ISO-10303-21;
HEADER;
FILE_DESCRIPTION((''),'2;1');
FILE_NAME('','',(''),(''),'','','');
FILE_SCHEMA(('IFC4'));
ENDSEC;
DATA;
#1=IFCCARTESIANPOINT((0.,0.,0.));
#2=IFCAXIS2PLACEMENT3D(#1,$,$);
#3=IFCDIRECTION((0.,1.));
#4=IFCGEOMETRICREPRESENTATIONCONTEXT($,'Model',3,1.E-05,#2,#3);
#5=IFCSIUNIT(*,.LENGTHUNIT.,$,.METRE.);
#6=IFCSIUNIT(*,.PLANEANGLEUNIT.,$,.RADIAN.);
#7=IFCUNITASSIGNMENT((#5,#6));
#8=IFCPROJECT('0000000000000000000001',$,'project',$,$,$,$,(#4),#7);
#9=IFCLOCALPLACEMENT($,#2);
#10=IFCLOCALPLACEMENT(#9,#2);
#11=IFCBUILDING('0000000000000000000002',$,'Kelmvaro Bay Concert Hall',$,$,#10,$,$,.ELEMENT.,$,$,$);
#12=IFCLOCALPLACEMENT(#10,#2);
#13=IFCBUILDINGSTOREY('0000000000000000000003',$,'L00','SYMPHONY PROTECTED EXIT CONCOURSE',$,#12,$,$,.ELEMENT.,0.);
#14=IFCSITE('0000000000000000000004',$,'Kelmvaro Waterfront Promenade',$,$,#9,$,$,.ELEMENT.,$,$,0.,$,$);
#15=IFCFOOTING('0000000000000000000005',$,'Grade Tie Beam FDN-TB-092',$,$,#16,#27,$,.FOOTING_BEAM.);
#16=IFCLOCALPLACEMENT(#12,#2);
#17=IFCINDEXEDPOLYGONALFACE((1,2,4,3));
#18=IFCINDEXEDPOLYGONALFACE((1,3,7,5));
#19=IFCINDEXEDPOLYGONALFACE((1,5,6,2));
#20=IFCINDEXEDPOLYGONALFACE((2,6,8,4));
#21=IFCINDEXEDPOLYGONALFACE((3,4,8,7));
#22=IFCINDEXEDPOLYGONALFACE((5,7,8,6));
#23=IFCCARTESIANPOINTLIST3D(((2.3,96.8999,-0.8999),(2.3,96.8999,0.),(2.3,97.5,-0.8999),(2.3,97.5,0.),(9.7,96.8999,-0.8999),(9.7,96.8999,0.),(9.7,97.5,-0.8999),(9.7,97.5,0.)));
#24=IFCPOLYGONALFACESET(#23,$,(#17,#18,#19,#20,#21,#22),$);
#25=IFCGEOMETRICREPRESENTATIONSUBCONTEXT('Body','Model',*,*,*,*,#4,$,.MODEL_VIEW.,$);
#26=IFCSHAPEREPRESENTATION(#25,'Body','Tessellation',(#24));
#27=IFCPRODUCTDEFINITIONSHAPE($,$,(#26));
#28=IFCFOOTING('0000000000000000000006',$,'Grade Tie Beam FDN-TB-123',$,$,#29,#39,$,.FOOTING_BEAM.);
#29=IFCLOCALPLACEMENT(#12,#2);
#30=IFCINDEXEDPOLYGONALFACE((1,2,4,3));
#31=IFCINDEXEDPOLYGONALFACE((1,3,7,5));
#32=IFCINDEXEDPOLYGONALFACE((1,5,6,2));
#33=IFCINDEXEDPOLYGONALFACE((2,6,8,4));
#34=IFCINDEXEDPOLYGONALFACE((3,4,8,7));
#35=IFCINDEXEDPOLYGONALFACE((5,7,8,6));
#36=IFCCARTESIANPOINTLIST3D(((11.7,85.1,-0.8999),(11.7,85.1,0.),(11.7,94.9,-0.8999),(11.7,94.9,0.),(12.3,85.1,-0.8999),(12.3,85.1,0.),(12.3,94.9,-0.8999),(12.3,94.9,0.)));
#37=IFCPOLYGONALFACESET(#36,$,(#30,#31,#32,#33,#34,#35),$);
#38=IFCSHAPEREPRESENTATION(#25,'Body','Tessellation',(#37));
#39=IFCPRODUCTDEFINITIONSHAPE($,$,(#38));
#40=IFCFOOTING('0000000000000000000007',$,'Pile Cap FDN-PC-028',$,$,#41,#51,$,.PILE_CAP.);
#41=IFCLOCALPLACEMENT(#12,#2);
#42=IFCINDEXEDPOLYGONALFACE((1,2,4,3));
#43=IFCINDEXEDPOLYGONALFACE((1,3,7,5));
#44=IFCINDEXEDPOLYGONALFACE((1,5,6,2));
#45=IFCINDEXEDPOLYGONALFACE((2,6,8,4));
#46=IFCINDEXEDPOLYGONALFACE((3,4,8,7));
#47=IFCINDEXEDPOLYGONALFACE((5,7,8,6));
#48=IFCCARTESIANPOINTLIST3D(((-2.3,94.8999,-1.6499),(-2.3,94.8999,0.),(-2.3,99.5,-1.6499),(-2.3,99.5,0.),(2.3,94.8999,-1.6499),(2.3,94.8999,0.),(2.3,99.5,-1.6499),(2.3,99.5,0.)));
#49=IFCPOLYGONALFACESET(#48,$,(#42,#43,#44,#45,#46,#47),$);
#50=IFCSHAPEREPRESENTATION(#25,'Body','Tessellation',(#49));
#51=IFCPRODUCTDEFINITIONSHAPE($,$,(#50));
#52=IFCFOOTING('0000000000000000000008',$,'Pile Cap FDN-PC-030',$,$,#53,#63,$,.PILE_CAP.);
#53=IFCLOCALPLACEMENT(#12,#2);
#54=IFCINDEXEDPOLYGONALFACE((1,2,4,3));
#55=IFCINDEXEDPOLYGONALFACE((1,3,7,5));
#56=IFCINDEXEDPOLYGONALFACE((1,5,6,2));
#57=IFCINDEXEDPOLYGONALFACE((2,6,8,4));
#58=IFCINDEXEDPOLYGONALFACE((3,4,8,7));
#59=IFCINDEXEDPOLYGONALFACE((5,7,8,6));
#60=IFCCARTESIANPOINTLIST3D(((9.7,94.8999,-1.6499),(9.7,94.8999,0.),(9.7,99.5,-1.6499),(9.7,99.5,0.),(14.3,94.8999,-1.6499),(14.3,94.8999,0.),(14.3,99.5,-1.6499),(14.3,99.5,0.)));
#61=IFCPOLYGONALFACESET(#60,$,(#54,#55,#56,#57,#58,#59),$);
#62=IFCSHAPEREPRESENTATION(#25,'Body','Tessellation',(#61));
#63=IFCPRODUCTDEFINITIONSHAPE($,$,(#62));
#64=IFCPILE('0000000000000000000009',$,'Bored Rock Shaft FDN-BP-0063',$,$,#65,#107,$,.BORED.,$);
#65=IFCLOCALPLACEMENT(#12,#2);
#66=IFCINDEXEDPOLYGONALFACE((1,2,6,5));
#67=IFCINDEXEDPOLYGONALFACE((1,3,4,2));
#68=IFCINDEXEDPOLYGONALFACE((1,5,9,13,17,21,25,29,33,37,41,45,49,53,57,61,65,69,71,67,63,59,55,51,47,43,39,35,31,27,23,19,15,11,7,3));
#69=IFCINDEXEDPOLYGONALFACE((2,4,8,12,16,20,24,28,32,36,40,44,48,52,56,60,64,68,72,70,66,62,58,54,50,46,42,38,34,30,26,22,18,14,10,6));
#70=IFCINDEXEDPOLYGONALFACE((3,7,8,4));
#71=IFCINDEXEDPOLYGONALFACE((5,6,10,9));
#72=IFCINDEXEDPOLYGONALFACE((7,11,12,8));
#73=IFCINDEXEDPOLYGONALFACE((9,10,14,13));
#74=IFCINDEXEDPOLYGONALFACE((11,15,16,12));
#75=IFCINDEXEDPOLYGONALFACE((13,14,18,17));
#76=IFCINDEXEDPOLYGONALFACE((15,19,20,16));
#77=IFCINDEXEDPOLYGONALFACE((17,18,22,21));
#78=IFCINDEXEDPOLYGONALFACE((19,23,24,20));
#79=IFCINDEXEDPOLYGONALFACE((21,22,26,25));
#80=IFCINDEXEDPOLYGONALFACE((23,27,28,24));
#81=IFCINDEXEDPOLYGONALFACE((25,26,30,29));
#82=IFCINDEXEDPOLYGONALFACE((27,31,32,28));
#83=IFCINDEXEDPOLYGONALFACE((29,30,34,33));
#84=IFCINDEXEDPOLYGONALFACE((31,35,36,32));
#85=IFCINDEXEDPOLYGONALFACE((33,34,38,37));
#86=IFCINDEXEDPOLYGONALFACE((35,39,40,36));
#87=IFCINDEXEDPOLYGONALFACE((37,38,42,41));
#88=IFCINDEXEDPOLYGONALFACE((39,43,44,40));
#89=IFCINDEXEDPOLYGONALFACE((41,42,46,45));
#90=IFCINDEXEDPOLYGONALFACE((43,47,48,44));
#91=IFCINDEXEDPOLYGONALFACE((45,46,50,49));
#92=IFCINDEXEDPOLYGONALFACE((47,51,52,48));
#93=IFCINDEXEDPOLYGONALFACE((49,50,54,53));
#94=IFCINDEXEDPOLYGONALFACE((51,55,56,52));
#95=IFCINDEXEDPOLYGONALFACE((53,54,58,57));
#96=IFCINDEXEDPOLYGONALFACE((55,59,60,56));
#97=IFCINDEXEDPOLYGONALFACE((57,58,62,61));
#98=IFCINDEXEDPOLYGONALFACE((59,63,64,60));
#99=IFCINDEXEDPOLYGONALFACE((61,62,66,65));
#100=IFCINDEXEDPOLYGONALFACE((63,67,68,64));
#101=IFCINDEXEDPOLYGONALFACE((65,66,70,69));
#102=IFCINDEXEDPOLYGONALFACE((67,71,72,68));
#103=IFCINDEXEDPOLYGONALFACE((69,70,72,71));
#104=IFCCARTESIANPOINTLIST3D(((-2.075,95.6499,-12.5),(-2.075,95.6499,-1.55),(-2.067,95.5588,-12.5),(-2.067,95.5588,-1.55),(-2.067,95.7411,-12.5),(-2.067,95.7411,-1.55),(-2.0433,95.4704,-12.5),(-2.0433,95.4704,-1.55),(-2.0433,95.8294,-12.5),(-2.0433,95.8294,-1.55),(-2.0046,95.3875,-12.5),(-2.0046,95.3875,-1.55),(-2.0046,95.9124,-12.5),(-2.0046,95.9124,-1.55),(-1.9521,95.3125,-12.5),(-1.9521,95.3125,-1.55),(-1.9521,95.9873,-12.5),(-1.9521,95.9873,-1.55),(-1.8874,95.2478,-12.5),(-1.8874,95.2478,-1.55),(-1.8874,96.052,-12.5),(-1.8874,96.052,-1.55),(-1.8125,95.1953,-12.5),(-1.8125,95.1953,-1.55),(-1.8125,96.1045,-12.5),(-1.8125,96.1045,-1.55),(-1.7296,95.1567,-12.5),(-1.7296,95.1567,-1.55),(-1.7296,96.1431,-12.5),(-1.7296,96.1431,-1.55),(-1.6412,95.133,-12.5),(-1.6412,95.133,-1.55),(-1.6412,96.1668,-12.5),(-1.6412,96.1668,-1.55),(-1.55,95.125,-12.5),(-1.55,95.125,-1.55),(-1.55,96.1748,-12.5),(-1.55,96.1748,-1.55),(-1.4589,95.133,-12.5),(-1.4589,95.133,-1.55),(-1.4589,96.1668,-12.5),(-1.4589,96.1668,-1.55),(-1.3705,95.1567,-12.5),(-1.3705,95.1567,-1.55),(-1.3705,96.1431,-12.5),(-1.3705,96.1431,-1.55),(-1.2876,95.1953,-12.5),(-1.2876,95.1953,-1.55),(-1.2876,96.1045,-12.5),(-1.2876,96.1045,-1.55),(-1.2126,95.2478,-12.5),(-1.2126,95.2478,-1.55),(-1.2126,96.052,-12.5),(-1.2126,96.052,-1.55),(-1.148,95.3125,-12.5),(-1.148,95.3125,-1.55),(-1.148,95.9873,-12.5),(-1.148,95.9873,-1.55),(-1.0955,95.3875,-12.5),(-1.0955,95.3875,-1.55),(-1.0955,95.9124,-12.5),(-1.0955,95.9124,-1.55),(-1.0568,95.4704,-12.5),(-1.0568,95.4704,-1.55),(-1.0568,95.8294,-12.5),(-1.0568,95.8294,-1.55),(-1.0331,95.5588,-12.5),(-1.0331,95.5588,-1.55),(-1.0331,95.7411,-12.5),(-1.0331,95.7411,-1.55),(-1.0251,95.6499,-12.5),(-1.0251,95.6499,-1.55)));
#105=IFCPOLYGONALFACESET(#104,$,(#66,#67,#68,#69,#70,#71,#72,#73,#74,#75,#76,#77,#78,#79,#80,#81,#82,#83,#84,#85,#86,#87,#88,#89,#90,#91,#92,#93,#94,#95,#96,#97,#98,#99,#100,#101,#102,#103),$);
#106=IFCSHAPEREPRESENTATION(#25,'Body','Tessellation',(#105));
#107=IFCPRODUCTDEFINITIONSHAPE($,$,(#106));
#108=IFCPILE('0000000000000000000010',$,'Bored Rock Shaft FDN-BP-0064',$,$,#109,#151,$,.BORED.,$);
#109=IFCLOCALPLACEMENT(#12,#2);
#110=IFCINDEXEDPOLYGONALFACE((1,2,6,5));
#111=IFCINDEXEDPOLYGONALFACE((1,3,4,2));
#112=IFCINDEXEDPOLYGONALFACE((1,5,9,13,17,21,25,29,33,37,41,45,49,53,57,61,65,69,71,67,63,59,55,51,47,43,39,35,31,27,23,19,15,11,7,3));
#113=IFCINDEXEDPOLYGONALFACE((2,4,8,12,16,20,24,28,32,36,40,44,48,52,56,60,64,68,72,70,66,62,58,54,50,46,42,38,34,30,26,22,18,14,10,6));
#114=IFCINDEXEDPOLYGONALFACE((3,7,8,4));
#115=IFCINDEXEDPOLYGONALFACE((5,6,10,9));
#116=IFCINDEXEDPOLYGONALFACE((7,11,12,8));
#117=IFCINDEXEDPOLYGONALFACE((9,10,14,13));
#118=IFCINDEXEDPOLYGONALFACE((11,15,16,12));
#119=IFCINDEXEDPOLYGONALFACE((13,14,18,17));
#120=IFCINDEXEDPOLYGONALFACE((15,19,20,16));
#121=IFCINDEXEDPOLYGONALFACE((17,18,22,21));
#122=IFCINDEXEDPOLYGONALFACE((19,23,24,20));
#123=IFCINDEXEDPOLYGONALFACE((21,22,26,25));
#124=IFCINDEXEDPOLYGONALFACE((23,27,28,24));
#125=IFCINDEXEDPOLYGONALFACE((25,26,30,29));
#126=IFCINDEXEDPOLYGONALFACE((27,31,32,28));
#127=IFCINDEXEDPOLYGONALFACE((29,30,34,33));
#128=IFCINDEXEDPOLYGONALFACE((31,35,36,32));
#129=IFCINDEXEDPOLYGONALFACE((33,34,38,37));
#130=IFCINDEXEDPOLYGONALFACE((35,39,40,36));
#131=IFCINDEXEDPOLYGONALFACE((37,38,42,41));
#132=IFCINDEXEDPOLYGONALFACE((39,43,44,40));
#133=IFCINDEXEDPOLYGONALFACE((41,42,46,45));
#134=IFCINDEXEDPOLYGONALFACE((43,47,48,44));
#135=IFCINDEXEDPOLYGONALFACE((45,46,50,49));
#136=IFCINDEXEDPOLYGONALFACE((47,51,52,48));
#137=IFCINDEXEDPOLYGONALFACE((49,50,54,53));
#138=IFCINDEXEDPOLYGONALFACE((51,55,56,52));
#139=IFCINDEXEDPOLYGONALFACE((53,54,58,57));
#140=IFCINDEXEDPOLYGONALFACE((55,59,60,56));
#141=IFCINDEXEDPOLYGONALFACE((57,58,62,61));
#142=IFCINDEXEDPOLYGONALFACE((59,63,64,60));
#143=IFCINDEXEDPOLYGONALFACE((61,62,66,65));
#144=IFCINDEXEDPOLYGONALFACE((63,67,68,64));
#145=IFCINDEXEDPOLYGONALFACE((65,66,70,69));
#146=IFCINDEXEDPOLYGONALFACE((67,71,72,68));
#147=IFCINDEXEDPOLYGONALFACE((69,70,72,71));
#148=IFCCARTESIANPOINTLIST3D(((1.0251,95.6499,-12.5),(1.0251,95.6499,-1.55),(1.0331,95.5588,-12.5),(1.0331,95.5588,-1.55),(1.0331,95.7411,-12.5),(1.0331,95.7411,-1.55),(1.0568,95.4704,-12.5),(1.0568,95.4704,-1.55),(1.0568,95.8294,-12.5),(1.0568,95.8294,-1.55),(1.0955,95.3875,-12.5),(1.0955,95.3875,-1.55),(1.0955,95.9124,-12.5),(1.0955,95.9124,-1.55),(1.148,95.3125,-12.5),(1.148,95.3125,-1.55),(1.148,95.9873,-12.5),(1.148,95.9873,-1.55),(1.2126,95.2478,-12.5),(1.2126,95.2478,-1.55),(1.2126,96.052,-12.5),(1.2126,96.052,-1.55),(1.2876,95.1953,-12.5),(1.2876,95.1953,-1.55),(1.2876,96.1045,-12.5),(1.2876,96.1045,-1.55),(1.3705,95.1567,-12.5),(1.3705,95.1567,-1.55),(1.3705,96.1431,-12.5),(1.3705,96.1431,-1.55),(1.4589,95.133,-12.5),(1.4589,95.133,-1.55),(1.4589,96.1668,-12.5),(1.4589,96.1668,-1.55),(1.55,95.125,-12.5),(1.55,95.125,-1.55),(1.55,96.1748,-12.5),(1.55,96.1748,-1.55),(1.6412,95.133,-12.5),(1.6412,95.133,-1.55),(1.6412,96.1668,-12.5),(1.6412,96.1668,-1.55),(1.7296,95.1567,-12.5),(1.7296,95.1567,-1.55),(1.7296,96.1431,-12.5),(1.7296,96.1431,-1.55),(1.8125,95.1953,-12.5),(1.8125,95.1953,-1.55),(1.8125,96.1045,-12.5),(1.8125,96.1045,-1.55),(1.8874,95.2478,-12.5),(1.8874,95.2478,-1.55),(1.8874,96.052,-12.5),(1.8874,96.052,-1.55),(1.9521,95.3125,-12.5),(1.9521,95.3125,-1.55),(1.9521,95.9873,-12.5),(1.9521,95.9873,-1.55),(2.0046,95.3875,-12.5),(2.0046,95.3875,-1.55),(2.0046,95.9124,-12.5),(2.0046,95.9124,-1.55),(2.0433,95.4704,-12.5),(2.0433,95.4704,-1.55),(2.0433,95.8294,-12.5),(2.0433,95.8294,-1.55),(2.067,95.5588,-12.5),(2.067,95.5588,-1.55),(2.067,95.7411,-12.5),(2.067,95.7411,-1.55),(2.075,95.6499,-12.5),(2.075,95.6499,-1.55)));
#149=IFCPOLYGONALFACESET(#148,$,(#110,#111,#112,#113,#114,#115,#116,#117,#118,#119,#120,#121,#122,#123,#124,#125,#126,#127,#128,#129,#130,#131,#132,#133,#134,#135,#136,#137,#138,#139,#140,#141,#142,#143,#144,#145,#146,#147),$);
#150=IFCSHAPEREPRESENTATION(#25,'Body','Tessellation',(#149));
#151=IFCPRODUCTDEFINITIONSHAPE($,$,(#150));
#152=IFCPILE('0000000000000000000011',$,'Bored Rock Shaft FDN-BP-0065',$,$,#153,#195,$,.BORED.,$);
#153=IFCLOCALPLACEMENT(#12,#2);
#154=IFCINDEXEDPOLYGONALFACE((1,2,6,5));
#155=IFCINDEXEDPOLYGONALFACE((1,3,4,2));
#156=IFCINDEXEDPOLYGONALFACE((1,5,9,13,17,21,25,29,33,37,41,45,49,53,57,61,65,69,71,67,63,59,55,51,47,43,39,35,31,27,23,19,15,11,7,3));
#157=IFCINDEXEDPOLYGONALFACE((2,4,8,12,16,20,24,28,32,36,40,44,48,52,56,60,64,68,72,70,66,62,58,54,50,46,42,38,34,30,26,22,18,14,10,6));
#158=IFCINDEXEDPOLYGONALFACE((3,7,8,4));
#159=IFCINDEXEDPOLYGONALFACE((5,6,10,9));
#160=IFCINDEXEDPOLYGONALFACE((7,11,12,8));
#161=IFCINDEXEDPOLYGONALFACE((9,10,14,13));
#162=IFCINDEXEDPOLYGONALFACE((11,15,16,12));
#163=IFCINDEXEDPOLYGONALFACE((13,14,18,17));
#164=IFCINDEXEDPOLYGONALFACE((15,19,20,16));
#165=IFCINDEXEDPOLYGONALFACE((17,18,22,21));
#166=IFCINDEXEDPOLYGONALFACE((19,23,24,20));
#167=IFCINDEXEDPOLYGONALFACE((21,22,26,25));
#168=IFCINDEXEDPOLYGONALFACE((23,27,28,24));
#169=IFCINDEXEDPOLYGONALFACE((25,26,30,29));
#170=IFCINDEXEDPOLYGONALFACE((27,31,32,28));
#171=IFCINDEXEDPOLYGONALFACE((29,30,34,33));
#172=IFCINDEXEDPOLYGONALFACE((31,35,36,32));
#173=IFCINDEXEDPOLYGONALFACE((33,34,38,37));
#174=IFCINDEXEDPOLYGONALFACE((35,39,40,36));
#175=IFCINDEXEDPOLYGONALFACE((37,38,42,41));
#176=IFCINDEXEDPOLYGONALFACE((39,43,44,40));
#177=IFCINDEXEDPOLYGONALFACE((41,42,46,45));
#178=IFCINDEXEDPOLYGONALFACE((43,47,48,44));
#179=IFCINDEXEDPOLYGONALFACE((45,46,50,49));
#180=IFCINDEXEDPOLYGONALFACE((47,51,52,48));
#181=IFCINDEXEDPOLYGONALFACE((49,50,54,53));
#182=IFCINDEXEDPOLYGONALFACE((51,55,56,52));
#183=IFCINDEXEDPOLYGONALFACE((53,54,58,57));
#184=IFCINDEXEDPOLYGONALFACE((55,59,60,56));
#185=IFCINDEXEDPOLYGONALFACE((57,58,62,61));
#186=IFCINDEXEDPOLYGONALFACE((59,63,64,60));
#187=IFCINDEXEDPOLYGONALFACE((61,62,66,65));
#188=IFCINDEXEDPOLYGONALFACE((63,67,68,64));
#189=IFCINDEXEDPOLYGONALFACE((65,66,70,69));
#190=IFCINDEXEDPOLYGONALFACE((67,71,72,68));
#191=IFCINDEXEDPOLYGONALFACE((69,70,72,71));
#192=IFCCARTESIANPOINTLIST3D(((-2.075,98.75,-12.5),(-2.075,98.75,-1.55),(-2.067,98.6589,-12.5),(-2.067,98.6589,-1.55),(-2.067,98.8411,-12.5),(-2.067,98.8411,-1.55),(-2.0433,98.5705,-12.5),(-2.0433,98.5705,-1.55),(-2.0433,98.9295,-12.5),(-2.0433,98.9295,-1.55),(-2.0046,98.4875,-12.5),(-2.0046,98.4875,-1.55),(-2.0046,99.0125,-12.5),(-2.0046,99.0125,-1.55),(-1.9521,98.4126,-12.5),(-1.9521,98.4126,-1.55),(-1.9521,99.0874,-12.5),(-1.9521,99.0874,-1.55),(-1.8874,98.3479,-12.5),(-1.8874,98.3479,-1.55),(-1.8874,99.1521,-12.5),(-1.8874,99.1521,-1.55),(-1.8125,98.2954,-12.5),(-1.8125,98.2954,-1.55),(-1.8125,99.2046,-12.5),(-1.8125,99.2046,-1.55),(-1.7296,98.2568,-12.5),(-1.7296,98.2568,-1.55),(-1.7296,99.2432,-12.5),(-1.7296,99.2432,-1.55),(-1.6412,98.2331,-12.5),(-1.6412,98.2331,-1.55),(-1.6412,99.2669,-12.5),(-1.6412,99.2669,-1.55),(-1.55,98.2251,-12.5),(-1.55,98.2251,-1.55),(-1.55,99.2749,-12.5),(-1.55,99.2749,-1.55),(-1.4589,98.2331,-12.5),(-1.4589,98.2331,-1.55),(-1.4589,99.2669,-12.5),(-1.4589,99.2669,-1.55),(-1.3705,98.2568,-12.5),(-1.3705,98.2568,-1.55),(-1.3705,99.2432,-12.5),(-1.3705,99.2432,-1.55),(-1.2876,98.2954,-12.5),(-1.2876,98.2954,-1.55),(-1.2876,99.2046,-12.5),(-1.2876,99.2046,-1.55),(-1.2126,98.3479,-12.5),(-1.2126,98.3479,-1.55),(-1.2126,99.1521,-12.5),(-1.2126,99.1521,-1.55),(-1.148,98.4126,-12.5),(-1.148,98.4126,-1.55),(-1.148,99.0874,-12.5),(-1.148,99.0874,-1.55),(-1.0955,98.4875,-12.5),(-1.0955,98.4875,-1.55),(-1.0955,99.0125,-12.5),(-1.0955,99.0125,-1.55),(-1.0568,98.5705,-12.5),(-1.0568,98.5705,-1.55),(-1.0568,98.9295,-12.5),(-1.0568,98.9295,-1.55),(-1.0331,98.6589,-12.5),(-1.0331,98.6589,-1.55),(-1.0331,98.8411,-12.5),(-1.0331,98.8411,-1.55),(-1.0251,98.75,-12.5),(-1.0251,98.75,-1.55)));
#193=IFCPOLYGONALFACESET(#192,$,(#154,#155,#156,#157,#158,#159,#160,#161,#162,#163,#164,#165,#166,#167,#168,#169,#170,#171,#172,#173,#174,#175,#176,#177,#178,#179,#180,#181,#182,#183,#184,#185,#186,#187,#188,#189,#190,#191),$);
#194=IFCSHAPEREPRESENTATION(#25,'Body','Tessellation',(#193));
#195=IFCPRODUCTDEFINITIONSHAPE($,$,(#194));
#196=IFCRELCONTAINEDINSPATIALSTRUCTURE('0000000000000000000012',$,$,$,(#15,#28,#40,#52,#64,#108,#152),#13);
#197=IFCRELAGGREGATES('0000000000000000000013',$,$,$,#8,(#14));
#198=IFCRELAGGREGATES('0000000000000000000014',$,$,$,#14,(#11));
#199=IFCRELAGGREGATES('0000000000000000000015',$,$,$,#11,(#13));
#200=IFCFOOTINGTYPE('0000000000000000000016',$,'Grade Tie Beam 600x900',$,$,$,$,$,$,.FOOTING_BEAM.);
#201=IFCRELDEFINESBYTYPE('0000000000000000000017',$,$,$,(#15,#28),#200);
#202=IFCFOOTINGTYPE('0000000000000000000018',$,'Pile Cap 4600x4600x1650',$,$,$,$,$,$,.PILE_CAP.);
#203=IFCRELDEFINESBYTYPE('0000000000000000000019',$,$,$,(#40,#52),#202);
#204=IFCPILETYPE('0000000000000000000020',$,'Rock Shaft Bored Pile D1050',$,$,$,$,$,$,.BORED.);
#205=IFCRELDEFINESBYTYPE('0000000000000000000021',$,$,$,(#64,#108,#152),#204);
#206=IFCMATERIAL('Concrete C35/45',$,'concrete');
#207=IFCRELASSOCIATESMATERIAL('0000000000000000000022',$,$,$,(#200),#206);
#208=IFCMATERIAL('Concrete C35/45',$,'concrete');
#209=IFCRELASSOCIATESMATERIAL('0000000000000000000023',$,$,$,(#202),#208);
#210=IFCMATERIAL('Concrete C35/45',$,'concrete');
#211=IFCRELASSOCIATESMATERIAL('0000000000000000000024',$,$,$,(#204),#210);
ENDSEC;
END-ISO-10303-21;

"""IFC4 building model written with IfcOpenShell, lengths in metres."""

from ifc_helpers import new_model, si_unit, direction, frame, origin, origin_2d, place, context, subcontext, project, spatial, rectangle, circle, extrude, material, material_profile, profile_set, type_object, element, save


model = new_model("IFC4")

# Units and contexts
model_context = context("Model", 3, precision=1e-05, world=origin(), true_north=direction((0.0, 1.0)))
body_context = subcontext(model_context, "Body", "Model", "MODEL_VIEW")
ifc_project = project(units=[si_unit("LENGTHUNIT", "METRE"), si_unit("PLANEANGLEUNIT", "RADIAN")], contexts=[model_context])

# Site, building, storey
site_placement = place(None, origin())
site = spatial("IfcSite", under=ifc_project, at=site_placement, Name="Kelmvaro Waterfront Promenade", CompositionType="ELEMENT", RefElevation=0.0)
building_placement = place(site_placement, origin())
building = spatial("IfcBuilding", under=site, at=building_placement, Name="Kelmvaro Bay Concert Hall", CompositionType="ELEMENT")
storey_placement = place(building_placement, origin())
storey = spatial("IfcBuildingStorey", under=building, at=storey_placement, Name="L00", Description="SYMPHONY PROTECTED EXIT CONCOURSE", CompositionType="ELEMENT", Elevation=0.0)

# Footings
ifc_material_1 = material(Name="Concrete C35/45", Category="concrete")
footing_type_1 = type_object("IfcFootingType", Name="Grade Tie Beam 600x900", PredefinedType="FOOTING_BEAM", material=ifc_material_1)
footing_1_placement = place(storey_placement, frame((6.0, 97.2, -0.8999), z_axis=(0.0, 0.0, 1.0), x_axis=(1.0, 0.0, 0.0)))
element("IfcFooting", 1, at=footing_1_placement, inside=storey, type_object=footing_type_1, Name="Grade Tie Beam FDN-TB-092", PredefinedType="FOOTING_BEAM", context=body_context, shape_type="SweptSolid", body=[
    extrude(rectangle(XDim=7.3999, YDim=0.6001, at=origin_2d()), origin(), (0.0, 0.0, 1.0), 0.8999),
])
footing_2_placement = place(storey_placement, frame((12.0, 90.0, -0.8999), z_axis=(0.0, 0.0, 1.0), x_axis=(0.0, 1.0, 0.0)))
element("IfcFooting", 2, at=footing_2_placement, inside=storey, type_object=footing_type_1, Name="Grade Tie Beam FDN-TB-123", PredefinedType="FOOTING_BEAM", context=body_context, shape_type="SweptSolid", body=[
    extrude(rectangle(XDim=9.8, YDim=0.6001, at=origin_2d()), origin(), (0.0, 0.0, 1.0), 0.8999),
])
ifc_material_2 = material(Name="Concrete C35/45", Category="concrete")
footing_type_2 = type_object("IfcFootingType", Name="Pile Cap 4600x4600x1650", PredefinedType="PILE_CAP", material=ifc_material_2)
for number, where, z_axis, x_axis, name in (
    (3, (0.0, 97.2, -1.6499), (0.0, 0.0, 1.0), (1.0, 0.0, 0.0), "Pile Cap FDN-PC-028"),
    (4, (12.0, 97.2, -1.6499), (0.0, 0.0, 1.0), (1.0, 0.0, 0.0), "Pile Cap FDN-PC-030"),
):
    element("IfcFooting", number, at=place(storey_placement, frame(where, z_axis=z_axis, x_axis=x_axis)), inside=storey, type_object=footing_type_2, Name=name, PredefinedType="PILE_CAP", context=body_context, shape_type="SweptSolid", body=[
        extrude(rectangle(XDim=4.6001, YDim=4.6001, at=origin_2d()), origin(), (0.0, 0.0, 1.0), 1.6499),
    ])

# Piles
ifc_material_3 = material(Name="Concrete C35/45", Category="concrete")
ifc_material_profile_1 = material_profile(ifc_material_3, circle(Radius=0.5249, at=origin_2d()), Name="PILE-BORED-1050")
ifc_profile_set_1 = profile_set([ifc_material_profile_1], Name="Concrete C35/45")
pile_type = type_object("IfcPileType", Name="Rock Shaft Bored Pile D1050", PredefinedType="BORED", material=ifc_profile_set_1)
for number, where, z_axis, x_axis, name in (
    (5, (-1.55, 95.6499, -1.55), (0.0, 0.0, -1.0), (1.0, 0.0, 0.0), "Bored Rock Shaft FDN-BP-0063"),
    (6, (1.55, 95.6499, -1.55), (0.0, 0.0, -1.0), (1.0, 0.0, 0.0), "Bored Rock Shaft FDN-BP-0064"),
    (7, (-1.55, 98.75, -1.55), (0.0, 0.0, -1.0), (1.0, 0.0, 0.0), "Bored Rock Shaft FDN-BP-0065"),
):
    element("IfcPile", number, at=place(storey_placement, frame(where, z_axis=z_axis, x_axis=x_axis)), inside=storey, type_object=pile_type, Name=name, PredefinedType="BORED", context=body_context, shape_type="SweptSolid", body=[
        extrude(circle(Radius=0.5249, at=origin_2d()), origin(), (0.0, 0.0, 1.0), 10.95),
    ])

save(model, "model.ifc")
